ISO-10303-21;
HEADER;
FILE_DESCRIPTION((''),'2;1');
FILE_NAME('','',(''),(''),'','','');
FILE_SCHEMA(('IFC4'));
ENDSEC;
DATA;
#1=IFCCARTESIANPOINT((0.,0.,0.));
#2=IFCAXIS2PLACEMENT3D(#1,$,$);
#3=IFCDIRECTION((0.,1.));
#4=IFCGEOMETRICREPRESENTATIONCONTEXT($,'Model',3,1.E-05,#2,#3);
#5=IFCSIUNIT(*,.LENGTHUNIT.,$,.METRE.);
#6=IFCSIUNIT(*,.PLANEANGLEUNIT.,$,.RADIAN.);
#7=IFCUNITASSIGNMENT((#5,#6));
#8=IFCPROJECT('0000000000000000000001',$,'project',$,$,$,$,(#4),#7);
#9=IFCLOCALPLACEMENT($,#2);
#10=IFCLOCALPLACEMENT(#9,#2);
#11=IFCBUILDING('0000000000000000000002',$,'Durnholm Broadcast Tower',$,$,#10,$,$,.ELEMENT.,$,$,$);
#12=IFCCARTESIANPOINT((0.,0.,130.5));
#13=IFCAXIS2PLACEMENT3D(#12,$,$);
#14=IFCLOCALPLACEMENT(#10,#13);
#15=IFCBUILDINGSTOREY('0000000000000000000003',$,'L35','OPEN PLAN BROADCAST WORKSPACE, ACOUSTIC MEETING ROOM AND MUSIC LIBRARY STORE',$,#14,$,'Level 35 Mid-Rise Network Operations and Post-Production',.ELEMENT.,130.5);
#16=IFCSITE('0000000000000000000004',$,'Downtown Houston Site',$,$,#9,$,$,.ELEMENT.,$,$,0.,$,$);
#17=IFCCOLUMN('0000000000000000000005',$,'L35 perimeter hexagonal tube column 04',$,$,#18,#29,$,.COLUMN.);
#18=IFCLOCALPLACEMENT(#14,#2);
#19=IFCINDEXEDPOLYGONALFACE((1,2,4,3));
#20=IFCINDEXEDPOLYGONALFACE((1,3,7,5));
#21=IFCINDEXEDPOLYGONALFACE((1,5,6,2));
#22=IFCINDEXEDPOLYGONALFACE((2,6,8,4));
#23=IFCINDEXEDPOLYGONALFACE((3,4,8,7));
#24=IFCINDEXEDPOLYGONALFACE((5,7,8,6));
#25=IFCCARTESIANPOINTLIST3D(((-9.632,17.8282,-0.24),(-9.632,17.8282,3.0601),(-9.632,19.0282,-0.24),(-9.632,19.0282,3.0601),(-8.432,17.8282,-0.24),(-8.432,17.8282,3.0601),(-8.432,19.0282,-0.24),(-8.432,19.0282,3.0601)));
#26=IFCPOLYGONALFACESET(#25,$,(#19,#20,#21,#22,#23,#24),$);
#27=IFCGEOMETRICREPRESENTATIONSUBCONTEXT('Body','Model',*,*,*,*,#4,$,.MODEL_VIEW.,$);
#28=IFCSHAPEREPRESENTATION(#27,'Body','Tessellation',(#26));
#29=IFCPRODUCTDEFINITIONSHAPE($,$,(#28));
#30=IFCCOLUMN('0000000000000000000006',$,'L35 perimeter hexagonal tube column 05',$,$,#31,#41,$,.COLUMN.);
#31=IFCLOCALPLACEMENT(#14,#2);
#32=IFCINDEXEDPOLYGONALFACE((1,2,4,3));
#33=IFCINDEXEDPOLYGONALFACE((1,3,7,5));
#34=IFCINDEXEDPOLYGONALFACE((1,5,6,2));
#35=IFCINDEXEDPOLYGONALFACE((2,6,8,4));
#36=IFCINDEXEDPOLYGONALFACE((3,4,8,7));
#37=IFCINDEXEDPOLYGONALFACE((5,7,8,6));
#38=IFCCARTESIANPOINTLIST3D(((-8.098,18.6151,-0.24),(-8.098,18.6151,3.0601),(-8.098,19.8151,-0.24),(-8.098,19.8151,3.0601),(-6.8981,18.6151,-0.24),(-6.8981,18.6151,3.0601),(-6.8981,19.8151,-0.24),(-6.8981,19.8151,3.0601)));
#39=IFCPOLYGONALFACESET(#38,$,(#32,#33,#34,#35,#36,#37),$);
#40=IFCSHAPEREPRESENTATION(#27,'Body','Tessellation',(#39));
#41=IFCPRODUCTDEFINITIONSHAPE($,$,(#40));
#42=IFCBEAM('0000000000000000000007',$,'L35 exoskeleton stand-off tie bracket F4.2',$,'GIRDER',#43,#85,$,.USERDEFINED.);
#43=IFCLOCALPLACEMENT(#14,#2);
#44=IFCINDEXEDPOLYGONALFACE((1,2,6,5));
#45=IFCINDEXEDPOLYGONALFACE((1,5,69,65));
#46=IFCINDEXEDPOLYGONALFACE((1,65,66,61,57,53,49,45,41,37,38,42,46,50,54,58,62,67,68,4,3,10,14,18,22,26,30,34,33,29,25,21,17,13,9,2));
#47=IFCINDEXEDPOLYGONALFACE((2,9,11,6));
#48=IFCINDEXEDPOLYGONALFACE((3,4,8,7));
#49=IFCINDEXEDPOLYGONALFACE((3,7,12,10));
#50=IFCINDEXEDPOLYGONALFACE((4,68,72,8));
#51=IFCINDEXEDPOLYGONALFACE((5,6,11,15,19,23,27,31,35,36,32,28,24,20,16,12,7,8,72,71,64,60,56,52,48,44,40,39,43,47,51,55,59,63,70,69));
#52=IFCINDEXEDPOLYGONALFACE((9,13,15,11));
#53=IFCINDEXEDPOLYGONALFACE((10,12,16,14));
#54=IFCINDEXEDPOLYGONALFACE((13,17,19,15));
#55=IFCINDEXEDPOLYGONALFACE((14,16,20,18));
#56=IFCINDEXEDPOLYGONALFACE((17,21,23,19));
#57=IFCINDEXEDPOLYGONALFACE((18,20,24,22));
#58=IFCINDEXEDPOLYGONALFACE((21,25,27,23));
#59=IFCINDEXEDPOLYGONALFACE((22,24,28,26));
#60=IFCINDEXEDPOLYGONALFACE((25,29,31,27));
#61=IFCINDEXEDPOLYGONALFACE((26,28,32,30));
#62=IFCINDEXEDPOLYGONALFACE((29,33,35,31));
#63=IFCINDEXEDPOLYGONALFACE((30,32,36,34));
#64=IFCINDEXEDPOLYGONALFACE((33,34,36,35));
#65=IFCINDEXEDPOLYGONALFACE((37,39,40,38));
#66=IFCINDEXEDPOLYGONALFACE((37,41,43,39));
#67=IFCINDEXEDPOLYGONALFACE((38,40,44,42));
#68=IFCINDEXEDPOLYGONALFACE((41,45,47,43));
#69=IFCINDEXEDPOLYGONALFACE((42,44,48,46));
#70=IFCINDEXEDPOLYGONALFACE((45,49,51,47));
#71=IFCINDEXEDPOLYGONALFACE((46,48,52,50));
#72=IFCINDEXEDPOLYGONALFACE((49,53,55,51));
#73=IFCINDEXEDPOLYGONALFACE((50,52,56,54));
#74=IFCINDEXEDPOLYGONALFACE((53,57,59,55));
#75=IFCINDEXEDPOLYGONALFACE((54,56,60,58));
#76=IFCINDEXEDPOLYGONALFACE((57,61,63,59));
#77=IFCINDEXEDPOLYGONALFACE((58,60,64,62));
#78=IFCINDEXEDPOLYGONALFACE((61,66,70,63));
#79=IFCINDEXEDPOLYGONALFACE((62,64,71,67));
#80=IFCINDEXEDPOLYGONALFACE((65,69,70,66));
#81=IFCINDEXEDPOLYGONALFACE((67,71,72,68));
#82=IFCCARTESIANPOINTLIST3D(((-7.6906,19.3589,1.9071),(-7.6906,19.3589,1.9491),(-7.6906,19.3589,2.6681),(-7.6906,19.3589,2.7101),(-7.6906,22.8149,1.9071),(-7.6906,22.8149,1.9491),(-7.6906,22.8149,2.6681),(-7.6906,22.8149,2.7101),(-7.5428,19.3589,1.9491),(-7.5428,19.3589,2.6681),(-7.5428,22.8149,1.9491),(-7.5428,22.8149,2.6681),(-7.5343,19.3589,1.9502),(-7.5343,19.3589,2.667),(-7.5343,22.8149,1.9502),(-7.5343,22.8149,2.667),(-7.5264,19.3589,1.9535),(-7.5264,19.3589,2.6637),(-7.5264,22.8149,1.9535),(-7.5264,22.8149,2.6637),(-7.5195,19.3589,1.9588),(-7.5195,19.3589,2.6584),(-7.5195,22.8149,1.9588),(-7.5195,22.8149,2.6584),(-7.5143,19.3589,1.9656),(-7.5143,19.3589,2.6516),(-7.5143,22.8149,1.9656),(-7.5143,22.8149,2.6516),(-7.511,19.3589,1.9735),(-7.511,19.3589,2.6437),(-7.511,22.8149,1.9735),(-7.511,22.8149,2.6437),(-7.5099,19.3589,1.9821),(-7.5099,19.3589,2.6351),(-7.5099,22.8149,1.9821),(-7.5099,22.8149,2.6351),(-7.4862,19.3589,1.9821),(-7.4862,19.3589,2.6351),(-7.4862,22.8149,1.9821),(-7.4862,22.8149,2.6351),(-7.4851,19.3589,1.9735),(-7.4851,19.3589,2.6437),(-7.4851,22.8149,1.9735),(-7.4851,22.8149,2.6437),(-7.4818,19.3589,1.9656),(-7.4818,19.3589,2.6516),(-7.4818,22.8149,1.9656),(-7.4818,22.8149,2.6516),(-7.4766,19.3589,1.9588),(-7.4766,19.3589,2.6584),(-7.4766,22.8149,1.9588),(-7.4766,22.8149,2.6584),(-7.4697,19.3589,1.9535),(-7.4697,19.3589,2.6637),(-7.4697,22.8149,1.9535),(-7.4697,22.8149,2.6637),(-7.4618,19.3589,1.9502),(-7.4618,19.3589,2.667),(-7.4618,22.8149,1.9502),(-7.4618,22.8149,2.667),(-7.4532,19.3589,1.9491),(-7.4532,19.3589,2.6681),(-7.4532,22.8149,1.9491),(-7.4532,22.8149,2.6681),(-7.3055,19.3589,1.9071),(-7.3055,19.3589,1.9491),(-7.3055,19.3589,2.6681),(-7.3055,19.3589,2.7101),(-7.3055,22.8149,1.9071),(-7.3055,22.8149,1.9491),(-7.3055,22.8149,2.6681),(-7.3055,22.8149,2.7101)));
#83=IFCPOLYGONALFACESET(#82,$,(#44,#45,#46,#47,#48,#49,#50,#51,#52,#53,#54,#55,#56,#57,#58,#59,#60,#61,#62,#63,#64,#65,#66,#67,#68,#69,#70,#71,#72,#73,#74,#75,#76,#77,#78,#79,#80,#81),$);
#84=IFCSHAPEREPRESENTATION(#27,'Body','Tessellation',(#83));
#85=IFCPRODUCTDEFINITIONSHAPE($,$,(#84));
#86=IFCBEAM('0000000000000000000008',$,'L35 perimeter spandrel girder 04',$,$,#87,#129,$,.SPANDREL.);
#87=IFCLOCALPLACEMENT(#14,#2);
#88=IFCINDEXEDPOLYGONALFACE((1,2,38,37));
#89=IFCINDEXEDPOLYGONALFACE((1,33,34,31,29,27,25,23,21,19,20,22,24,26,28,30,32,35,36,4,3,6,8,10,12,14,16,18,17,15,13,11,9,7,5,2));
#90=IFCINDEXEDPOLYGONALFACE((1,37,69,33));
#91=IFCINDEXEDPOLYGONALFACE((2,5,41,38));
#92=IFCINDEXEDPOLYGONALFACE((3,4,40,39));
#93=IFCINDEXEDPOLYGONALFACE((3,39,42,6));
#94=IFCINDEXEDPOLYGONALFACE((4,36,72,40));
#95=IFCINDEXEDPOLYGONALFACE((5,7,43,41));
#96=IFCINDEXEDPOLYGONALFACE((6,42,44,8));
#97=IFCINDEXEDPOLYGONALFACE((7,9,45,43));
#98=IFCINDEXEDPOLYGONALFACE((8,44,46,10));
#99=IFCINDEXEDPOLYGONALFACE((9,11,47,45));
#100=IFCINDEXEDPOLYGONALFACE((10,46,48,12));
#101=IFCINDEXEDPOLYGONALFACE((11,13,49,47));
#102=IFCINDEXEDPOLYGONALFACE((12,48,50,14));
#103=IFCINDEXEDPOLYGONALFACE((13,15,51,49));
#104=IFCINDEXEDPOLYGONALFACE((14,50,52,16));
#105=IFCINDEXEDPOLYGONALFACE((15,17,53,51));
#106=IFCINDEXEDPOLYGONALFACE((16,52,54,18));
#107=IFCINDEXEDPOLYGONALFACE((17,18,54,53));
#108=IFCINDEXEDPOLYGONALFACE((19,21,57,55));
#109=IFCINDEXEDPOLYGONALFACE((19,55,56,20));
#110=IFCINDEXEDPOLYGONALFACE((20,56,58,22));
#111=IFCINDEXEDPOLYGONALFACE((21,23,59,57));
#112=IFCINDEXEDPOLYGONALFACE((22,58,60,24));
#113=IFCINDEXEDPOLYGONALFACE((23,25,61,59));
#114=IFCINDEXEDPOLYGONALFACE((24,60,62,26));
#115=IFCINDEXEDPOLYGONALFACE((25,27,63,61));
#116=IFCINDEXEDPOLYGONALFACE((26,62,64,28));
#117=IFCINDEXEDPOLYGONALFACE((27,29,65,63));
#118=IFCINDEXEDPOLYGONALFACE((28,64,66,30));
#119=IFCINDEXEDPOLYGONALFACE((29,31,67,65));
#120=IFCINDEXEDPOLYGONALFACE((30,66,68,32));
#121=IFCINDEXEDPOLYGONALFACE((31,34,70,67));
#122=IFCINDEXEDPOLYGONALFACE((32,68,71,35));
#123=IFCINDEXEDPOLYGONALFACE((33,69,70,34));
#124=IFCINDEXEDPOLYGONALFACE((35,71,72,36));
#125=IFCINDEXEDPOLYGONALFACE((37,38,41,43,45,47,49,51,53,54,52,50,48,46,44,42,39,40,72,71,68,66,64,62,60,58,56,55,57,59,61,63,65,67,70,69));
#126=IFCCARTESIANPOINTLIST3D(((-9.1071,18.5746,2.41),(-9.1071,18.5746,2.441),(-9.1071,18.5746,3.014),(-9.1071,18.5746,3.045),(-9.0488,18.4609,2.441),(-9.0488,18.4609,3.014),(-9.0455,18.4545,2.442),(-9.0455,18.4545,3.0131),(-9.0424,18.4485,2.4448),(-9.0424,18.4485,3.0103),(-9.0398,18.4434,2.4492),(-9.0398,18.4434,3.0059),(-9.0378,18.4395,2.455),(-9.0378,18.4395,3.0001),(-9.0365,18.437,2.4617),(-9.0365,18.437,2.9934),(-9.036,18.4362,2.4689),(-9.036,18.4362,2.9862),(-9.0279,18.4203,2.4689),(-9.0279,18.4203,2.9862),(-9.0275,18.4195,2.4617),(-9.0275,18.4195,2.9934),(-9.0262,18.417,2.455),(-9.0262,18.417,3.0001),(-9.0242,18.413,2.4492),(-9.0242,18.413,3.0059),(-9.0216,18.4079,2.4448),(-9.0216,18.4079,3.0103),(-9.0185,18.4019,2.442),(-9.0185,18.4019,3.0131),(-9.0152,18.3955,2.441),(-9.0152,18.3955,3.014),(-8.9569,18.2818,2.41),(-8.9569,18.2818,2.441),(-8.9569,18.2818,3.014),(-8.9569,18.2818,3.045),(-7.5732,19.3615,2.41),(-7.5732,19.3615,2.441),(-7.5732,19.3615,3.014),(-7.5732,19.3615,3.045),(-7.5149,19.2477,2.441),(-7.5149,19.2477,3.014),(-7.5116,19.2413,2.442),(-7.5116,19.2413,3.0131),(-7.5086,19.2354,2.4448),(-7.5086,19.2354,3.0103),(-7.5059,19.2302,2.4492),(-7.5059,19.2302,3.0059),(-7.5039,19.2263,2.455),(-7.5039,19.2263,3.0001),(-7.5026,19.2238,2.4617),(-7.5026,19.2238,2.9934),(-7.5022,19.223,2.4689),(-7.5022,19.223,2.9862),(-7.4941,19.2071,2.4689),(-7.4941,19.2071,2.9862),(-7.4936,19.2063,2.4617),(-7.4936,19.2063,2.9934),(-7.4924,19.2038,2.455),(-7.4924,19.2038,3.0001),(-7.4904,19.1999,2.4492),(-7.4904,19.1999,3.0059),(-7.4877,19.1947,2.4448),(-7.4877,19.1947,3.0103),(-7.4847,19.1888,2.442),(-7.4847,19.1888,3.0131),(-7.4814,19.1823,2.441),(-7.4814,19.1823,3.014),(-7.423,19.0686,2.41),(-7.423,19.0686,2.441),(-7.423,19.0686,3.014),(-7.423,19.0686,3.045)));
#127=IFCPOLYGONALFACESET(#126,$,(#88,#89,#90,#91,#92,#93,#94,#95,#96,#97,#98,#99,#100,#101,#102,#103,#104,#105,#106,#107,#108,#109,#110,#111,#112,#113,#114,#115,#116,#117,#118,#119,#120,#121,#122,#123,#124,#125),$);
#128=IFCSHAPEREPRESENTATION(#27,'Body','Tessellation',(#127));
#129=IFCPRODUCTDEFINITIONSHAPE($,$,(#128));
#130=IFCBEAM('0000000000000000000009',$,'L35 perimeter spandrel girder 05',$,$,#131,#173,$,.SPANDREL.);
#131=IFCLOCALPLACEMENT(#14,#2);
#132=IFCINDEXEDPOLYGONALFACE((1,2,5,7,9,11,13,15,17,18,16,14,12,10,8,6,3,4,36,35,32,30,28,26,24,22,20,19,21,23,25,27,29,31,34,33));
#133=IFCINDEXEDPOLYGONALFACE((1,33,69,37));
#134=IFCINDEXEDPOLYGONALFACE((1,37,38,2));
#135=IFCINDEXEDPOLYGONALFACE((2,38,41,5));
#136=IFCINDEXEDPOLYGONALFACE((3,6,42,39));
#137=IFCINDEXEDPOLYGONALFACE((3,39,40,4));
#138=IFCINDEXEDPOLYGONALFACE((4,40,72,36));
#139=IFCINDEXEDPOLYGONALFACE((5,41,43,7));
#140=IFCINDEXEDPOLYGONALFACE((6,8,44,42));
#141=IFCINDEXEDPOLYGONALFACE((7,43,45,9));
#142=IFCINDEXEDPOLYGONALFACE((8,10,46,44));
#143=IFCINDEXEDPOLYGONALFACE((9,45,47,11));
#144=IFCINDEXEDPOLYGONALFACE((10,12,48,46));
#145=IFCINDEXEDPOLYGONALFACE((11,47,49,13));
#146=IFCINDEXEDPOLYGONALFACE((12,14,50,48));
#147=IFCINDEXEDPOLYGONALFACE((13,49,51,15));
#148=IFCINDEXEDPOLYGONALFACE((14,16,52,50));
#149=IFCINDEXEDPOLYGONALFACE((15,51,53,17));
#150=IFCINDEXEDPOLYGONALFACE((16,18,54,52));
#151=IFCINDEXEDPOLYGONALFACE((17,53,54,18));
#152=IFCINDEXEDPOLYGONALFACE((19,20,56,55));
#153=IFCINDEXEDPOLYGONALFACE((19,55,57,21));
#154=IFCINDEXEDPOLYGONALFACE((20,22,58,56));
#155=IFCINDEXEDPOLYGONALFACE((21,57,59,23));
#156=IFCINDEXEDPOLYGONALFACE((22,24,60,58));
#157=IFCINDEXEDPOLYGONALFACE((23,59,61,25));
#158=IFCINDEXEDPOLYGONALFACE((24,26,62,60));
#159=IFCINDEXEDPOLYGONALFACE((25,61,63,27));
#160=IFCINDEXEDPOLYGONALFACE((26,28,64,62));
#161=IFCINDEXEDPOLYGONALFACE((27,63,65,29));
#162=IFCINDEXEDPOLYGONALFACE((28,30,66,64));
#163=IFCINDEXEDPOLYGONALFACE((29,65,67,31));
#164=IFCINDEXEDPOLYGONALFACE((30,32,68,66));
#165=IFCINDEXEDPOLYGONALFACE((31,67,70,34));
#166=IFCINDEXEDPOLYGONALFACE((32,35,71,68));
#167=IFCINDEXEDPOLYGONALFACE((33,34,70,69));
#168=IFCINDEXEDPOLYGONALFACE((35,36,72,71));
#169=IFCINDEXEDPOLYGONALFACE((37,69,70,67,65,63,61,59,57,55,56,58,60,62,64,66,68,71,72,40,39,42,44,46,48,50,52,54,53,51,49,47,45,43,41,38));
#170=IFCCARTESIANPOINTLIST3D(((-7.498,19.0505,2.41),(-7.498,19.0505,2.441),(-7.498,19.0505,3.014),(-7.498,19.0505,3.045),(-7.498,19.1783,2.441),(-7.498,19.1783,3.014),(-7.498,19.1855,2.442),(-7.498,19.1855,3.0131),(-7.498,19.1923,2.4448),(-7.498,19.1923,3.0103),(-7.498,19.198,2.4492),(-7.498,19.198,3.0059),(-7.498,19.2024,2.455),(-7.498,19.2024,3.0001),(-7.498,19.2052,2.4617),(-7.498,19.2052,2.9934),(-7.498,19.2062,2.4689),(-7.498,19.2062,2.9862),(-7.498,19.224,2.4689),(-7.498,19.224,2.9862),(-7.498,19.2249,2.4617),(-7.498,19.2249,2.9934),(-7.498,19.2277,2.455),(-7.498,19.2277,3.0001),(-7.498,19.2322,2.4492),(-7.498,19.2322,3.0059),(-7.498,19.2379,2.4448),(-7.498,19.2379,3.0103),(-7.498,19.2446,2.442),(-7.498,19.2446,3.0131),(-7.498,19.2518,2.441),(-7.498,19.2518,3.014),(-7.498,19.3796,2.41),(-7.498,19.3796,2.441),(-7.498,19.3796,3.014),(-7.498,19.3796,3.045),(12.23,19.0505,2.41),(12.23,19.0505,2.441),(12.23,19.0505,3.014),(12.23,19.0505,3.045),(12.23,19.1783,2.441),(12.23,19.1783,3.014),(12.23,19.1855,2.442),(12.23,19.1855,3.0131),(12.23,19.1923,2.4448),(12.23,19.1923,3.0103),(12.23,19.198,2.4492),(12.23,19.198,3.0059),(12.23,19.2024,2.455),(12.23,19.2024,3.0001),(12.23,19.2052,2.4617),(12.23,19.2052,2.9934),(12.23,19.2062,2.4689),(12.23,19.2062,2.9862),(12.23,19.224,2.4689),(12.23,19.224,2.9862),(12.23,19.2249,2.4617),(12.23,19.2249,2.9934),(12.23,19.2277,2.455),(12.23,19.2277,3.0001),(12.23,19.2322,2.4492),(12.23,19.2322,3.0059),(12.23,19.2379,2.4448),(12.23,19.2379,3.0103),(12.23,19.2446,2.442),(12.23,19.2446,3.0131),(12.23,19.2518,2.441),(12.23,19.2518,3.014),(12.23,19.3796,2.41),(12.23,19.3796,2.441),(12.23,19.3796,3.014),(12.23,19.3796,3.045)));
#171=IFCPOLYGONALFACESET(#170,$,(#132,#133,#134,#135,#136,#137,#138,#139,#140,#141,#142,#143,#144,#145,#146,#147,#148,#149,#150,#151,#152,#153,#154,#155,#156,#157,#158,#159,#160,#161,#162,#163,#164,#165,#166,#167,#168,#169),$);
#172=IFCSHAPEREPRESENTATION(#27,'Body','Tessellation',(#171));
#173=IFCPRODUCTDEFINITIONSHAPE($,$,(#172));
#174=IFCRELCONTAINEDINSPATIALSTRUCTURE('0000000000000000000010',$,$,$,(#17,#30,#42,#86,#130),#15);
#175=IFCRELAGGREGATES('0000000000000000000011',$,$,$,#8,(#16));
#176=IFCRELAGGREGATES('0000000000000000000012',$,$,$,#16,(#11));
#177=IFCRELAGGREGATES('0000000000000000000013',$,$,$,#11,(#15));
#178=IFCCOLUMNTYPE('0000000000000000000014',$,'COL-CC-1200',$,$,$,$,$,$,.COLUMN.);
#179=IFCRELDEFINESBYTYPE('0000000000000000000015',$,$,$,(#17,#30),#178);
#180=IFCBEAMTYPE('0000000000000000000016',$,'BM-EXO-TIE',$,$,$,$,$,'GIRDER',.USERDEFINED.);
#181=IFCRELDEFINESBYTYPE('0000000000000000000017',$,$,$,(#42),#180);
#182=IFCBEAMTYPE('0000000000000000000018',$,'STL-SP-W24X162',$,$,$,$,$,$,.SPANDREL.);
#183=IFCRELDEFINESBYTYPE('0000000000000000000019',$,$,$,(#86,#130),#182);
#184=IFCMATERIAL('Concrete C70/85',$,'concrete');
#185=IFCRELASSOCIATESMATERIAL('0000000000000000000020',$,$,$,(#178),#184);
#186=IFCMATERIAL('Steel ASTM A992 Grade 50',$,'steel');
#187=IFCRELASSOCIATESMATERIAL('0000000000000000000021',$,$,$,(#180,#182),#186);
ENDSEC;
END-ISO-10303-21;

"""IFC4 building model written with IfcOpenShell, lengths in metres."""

from ifc_helpers import new_model, si_unit, direction, frame, origin, origin_2d, place, context, subcontext, project, spatial, rectangle, i_section, extrude, source, transform, mapped, material, material_profile, profile_set, type_object, type_shapes, element, save


model = new_model("IFC4")

# Units and contexts
model_context = context("Model", 3, precision=1e-05, world=origin(), true_north=direction((0.0, 1.0)))
body_context = subcontext(model_context, "Body", "Model", "MODEL_VIEW")
ifc_project = project(units=[si_unit("LENGTHUNIT", "METRE"), si_unit("PLANEANGLEUNIT", "RADIAN")], contexts=[model_context])

# Site, building, storey
site_placement = place(None, origin())
site = spatial("IfcSite", under=ifc_project, at=site_placement, Name="Downtown Houston Site", CompositionType="ELEMENT", RefElevation=0.0)
building_placement = place(site_placement, origin())
building = spatial("IfcBuilding", under=site, at=building_placement, Name="Durnholm Broadcast Tower", CompositionType="ELEMENT")
storey_placement = place(building_placement, frame((0.0, 0.0, 130.5)))
storey = spatial("IfcBuildingStorey", under=building, at=storey_placement, Name="L35", Description="OPEN PLAN BROADCAST WORKSPACE, ACOUSTIC MEETING ROOM AND MUSIC LIBRARY STORE", LongName="Level 35 Mid-Rise Network Operations and Post-Production", CompositionType="ELEMENT", Elevation=130.5)

# Columns
ifc_material_1 = material(Name="Concrete C70/85", Category="concrete")
ifc_material_profile_1 = material_profile(ifc_material_1, rectangle(XDim=1.2, YDim=1.2, at=origin_2d()), Name="RC1200X1200")
ifc_profile_set_1 = profile_set([ifc_material_profile_1], Name="Concrete C70/85")
column_type = type_object("IfcColumnType", Name="COL-CC-1200", PredefinedType="COLUMN", material=ifc_profile_set_1)
shared_shape_1 = source(origin(), body_context, "Body", "SweptSolid", [
    extrude(rectangle(XDim=1.2, YDim=1.2, at=origin_2d()), origin(), (0.0, 0.0, 1.0), 3.3),
])
type_shapes(column_type, [shared_shape_1])
for number, where, z_axis, x_axis, name in (
    (1, (-9.032, 18.4282, -0.24), (0.0, 0.0, 1.0), (1.0, 0.0, 0.0), "L35 perimeter hexagonal tube column 04"),
    (2, (-7.498, 19.2151, -0.24), (0.0, 0.0, 1.0), (1.0, 0.0, 0.0), "L35 perimeter hexagonal tube column 05"),
):
    element("IfcColumn", number, at=place(storey_placement, frame(where, z_axis=z_axis, x_axis=x_axis)), inside=storey, type_object=column_type, Name=name, PredefinedType="COLUMN", context=body_context, shape_type="MappedRepresentation", body=[
        mapped(shared_shape_1, transform((0.0, 0.0, 0.0), x_axis=(1.0, 0.0, 0.0), y_axis=(0.0, 1.0, 0.0), z_axis=(0.0, 0.0, 1.0), scale=1.0)),
    ])

# Beams
ifc_material_2 = material(Name="Steel ASTM A992 Grade 50", Category="steel")
ifc_material_profile_2 = material_profile(ifc_material_2, i_section(OverallWidth=0.385, OverallDepth=0.803, WebThickness=0.0237, FlangeThickness=0.042, FilletRadius=0.033, at=origin_2d()), Name="W30X261")
ifc_profile_set_2 = profile_set([ifc_material_profile_2], Name="Steel ASTM A992 Grade 50")
beam_type_1 = type_object("IfcBeamType", Name="BM-EXO-TIE", ElementType="GIRDER", PredefinedType="USERDEFINED", material=ifc_profile_set_2)
shared_shape_2 = source(origin(), body_context, "Body", "SweptSolid", [
    extrude(i_section(OverallWidth=0.385, OverallDepth=0.803, WebThickness=0.0237, FlangeThickness=0.042, FilletRadius=0.033, at=origin_2d()), origin(), (0.0, 0.0, 1.0), 3.4561),
])
beam_1_placement = place(storey_placement, frame((-7.498, 19.3589, 2.3086), z_axis=(0.0, 1.0, 0.0), x_axis=(-1.0, 0.0, 0.0)))
element("IfcBeam", 3, at=beam_1_placement, inside=storey, type_object=beam_type_1, Name="L35 exoskeleton stand-off tie bracket F4.2", ObjectType="GIRDER", PredefinedType="USERDEFINED", context=body_context, shape_type="MappedRepresentation", body=[
    mapped(shared_shape_2, transform((0.0, 0.0, 0.0), x_axis=(1.0, 0.0, 0.0), y_axis=(0.0, 1.0, 0.0), z_axis=(0.0, 0.0, 1.0), scale=1.0)),
])
ifc_material_profile_3 = material_profile(ifc_material_2, i_section(OverallWidth=0.3291, OverallDepth=0.635, WebThickness=0.0178, FlangeThickness=0.031, FilletRadius=0.0278, at=origin_2d()), Name="W24X162")
ifc_profile_set_3 = profile_set([ifc_material_profile_3], Name="Steel ASTM A992 Grade 50")
beam_type_2 = type_object("IfcBeamType", Name="STL-SP-W24X162", PredefinedType="SPANDREL", material=ifc_profile_set_3)
shared_shape_3 = source(origin(), body_context, "Body", "SweptSolid", [
    extrude(i_section(OverallWidth=0.3291, OverallDepth=0.635, WebThickness=0.0178, FlangeThickness=0.031, FilletRadius=0.0278, at=origin_2d()), origin(), (0.0, 0.0, 1.0), 1.7239),
])
beam_2_placement = place(storey_placement, frame((-9.032, 18.4282, 2.7275), z_axis=(0.889763, 0.456423, 0.0), x_axis=(-0.456423, 0.889763, 0.0)))
element("IfcBeam", 4, at=beam_2_placement, inside=storey, type_object=beam_type_2, Name="L35 perimeter spandrel girder 04", PredefinedType="SPANDREL", context=body_context, shape_type="MappedRepresentation", body=[
    mapped(shared_shape_3, transform((0.0, 0.0, 0.0), x_axis=(1.0, 0.0, 0.0), y_axis=(0.0, 1.0, 0.0), z_axis=(0.0, 0.0, 1.0), scale=1.0)),
])
shared_shape_4 = source(origin(), body_context, "Body", "SweptSolid", [
    extrude(i_section(OverallWidth=0.3291, OverallDepth=0.635, WebThickness=0.0178, FlangeThickness=0.031, FilletRadius=0.0278, at=origin_2d()), origin(), (0.0, 0.0, 1.0), 19.728),
])
type_shapes(beam_type_2, [shared_shape_3, shared_shape_4])
beam_3_placement = place(storey_placement, frame((-7.498, 19.2151, 2.7275), z_axis=(1.0, 0.0, 0.0), x_axis=(0.0, 1.0, 0.0)))
element("IfcBeam", 5, at=beam_3_placement, inside=storey, type_object=beam_type_2, Name="L35 perimeter spandrel girder 05", PredefinedType="SPANDREL", context=body_context, shape_type="MappedRepresentation", body=[
    mapped(shared_shape_4, transform((0.0, 0.0, 0.0), x_axis=(1.0, 0.0, 0.0), y_axis=(0.0, 1.0, 0.0), z_axis=(0.0, 0.0, 1.0), scale=1.0)),
])

save(model, "model.ifc")
